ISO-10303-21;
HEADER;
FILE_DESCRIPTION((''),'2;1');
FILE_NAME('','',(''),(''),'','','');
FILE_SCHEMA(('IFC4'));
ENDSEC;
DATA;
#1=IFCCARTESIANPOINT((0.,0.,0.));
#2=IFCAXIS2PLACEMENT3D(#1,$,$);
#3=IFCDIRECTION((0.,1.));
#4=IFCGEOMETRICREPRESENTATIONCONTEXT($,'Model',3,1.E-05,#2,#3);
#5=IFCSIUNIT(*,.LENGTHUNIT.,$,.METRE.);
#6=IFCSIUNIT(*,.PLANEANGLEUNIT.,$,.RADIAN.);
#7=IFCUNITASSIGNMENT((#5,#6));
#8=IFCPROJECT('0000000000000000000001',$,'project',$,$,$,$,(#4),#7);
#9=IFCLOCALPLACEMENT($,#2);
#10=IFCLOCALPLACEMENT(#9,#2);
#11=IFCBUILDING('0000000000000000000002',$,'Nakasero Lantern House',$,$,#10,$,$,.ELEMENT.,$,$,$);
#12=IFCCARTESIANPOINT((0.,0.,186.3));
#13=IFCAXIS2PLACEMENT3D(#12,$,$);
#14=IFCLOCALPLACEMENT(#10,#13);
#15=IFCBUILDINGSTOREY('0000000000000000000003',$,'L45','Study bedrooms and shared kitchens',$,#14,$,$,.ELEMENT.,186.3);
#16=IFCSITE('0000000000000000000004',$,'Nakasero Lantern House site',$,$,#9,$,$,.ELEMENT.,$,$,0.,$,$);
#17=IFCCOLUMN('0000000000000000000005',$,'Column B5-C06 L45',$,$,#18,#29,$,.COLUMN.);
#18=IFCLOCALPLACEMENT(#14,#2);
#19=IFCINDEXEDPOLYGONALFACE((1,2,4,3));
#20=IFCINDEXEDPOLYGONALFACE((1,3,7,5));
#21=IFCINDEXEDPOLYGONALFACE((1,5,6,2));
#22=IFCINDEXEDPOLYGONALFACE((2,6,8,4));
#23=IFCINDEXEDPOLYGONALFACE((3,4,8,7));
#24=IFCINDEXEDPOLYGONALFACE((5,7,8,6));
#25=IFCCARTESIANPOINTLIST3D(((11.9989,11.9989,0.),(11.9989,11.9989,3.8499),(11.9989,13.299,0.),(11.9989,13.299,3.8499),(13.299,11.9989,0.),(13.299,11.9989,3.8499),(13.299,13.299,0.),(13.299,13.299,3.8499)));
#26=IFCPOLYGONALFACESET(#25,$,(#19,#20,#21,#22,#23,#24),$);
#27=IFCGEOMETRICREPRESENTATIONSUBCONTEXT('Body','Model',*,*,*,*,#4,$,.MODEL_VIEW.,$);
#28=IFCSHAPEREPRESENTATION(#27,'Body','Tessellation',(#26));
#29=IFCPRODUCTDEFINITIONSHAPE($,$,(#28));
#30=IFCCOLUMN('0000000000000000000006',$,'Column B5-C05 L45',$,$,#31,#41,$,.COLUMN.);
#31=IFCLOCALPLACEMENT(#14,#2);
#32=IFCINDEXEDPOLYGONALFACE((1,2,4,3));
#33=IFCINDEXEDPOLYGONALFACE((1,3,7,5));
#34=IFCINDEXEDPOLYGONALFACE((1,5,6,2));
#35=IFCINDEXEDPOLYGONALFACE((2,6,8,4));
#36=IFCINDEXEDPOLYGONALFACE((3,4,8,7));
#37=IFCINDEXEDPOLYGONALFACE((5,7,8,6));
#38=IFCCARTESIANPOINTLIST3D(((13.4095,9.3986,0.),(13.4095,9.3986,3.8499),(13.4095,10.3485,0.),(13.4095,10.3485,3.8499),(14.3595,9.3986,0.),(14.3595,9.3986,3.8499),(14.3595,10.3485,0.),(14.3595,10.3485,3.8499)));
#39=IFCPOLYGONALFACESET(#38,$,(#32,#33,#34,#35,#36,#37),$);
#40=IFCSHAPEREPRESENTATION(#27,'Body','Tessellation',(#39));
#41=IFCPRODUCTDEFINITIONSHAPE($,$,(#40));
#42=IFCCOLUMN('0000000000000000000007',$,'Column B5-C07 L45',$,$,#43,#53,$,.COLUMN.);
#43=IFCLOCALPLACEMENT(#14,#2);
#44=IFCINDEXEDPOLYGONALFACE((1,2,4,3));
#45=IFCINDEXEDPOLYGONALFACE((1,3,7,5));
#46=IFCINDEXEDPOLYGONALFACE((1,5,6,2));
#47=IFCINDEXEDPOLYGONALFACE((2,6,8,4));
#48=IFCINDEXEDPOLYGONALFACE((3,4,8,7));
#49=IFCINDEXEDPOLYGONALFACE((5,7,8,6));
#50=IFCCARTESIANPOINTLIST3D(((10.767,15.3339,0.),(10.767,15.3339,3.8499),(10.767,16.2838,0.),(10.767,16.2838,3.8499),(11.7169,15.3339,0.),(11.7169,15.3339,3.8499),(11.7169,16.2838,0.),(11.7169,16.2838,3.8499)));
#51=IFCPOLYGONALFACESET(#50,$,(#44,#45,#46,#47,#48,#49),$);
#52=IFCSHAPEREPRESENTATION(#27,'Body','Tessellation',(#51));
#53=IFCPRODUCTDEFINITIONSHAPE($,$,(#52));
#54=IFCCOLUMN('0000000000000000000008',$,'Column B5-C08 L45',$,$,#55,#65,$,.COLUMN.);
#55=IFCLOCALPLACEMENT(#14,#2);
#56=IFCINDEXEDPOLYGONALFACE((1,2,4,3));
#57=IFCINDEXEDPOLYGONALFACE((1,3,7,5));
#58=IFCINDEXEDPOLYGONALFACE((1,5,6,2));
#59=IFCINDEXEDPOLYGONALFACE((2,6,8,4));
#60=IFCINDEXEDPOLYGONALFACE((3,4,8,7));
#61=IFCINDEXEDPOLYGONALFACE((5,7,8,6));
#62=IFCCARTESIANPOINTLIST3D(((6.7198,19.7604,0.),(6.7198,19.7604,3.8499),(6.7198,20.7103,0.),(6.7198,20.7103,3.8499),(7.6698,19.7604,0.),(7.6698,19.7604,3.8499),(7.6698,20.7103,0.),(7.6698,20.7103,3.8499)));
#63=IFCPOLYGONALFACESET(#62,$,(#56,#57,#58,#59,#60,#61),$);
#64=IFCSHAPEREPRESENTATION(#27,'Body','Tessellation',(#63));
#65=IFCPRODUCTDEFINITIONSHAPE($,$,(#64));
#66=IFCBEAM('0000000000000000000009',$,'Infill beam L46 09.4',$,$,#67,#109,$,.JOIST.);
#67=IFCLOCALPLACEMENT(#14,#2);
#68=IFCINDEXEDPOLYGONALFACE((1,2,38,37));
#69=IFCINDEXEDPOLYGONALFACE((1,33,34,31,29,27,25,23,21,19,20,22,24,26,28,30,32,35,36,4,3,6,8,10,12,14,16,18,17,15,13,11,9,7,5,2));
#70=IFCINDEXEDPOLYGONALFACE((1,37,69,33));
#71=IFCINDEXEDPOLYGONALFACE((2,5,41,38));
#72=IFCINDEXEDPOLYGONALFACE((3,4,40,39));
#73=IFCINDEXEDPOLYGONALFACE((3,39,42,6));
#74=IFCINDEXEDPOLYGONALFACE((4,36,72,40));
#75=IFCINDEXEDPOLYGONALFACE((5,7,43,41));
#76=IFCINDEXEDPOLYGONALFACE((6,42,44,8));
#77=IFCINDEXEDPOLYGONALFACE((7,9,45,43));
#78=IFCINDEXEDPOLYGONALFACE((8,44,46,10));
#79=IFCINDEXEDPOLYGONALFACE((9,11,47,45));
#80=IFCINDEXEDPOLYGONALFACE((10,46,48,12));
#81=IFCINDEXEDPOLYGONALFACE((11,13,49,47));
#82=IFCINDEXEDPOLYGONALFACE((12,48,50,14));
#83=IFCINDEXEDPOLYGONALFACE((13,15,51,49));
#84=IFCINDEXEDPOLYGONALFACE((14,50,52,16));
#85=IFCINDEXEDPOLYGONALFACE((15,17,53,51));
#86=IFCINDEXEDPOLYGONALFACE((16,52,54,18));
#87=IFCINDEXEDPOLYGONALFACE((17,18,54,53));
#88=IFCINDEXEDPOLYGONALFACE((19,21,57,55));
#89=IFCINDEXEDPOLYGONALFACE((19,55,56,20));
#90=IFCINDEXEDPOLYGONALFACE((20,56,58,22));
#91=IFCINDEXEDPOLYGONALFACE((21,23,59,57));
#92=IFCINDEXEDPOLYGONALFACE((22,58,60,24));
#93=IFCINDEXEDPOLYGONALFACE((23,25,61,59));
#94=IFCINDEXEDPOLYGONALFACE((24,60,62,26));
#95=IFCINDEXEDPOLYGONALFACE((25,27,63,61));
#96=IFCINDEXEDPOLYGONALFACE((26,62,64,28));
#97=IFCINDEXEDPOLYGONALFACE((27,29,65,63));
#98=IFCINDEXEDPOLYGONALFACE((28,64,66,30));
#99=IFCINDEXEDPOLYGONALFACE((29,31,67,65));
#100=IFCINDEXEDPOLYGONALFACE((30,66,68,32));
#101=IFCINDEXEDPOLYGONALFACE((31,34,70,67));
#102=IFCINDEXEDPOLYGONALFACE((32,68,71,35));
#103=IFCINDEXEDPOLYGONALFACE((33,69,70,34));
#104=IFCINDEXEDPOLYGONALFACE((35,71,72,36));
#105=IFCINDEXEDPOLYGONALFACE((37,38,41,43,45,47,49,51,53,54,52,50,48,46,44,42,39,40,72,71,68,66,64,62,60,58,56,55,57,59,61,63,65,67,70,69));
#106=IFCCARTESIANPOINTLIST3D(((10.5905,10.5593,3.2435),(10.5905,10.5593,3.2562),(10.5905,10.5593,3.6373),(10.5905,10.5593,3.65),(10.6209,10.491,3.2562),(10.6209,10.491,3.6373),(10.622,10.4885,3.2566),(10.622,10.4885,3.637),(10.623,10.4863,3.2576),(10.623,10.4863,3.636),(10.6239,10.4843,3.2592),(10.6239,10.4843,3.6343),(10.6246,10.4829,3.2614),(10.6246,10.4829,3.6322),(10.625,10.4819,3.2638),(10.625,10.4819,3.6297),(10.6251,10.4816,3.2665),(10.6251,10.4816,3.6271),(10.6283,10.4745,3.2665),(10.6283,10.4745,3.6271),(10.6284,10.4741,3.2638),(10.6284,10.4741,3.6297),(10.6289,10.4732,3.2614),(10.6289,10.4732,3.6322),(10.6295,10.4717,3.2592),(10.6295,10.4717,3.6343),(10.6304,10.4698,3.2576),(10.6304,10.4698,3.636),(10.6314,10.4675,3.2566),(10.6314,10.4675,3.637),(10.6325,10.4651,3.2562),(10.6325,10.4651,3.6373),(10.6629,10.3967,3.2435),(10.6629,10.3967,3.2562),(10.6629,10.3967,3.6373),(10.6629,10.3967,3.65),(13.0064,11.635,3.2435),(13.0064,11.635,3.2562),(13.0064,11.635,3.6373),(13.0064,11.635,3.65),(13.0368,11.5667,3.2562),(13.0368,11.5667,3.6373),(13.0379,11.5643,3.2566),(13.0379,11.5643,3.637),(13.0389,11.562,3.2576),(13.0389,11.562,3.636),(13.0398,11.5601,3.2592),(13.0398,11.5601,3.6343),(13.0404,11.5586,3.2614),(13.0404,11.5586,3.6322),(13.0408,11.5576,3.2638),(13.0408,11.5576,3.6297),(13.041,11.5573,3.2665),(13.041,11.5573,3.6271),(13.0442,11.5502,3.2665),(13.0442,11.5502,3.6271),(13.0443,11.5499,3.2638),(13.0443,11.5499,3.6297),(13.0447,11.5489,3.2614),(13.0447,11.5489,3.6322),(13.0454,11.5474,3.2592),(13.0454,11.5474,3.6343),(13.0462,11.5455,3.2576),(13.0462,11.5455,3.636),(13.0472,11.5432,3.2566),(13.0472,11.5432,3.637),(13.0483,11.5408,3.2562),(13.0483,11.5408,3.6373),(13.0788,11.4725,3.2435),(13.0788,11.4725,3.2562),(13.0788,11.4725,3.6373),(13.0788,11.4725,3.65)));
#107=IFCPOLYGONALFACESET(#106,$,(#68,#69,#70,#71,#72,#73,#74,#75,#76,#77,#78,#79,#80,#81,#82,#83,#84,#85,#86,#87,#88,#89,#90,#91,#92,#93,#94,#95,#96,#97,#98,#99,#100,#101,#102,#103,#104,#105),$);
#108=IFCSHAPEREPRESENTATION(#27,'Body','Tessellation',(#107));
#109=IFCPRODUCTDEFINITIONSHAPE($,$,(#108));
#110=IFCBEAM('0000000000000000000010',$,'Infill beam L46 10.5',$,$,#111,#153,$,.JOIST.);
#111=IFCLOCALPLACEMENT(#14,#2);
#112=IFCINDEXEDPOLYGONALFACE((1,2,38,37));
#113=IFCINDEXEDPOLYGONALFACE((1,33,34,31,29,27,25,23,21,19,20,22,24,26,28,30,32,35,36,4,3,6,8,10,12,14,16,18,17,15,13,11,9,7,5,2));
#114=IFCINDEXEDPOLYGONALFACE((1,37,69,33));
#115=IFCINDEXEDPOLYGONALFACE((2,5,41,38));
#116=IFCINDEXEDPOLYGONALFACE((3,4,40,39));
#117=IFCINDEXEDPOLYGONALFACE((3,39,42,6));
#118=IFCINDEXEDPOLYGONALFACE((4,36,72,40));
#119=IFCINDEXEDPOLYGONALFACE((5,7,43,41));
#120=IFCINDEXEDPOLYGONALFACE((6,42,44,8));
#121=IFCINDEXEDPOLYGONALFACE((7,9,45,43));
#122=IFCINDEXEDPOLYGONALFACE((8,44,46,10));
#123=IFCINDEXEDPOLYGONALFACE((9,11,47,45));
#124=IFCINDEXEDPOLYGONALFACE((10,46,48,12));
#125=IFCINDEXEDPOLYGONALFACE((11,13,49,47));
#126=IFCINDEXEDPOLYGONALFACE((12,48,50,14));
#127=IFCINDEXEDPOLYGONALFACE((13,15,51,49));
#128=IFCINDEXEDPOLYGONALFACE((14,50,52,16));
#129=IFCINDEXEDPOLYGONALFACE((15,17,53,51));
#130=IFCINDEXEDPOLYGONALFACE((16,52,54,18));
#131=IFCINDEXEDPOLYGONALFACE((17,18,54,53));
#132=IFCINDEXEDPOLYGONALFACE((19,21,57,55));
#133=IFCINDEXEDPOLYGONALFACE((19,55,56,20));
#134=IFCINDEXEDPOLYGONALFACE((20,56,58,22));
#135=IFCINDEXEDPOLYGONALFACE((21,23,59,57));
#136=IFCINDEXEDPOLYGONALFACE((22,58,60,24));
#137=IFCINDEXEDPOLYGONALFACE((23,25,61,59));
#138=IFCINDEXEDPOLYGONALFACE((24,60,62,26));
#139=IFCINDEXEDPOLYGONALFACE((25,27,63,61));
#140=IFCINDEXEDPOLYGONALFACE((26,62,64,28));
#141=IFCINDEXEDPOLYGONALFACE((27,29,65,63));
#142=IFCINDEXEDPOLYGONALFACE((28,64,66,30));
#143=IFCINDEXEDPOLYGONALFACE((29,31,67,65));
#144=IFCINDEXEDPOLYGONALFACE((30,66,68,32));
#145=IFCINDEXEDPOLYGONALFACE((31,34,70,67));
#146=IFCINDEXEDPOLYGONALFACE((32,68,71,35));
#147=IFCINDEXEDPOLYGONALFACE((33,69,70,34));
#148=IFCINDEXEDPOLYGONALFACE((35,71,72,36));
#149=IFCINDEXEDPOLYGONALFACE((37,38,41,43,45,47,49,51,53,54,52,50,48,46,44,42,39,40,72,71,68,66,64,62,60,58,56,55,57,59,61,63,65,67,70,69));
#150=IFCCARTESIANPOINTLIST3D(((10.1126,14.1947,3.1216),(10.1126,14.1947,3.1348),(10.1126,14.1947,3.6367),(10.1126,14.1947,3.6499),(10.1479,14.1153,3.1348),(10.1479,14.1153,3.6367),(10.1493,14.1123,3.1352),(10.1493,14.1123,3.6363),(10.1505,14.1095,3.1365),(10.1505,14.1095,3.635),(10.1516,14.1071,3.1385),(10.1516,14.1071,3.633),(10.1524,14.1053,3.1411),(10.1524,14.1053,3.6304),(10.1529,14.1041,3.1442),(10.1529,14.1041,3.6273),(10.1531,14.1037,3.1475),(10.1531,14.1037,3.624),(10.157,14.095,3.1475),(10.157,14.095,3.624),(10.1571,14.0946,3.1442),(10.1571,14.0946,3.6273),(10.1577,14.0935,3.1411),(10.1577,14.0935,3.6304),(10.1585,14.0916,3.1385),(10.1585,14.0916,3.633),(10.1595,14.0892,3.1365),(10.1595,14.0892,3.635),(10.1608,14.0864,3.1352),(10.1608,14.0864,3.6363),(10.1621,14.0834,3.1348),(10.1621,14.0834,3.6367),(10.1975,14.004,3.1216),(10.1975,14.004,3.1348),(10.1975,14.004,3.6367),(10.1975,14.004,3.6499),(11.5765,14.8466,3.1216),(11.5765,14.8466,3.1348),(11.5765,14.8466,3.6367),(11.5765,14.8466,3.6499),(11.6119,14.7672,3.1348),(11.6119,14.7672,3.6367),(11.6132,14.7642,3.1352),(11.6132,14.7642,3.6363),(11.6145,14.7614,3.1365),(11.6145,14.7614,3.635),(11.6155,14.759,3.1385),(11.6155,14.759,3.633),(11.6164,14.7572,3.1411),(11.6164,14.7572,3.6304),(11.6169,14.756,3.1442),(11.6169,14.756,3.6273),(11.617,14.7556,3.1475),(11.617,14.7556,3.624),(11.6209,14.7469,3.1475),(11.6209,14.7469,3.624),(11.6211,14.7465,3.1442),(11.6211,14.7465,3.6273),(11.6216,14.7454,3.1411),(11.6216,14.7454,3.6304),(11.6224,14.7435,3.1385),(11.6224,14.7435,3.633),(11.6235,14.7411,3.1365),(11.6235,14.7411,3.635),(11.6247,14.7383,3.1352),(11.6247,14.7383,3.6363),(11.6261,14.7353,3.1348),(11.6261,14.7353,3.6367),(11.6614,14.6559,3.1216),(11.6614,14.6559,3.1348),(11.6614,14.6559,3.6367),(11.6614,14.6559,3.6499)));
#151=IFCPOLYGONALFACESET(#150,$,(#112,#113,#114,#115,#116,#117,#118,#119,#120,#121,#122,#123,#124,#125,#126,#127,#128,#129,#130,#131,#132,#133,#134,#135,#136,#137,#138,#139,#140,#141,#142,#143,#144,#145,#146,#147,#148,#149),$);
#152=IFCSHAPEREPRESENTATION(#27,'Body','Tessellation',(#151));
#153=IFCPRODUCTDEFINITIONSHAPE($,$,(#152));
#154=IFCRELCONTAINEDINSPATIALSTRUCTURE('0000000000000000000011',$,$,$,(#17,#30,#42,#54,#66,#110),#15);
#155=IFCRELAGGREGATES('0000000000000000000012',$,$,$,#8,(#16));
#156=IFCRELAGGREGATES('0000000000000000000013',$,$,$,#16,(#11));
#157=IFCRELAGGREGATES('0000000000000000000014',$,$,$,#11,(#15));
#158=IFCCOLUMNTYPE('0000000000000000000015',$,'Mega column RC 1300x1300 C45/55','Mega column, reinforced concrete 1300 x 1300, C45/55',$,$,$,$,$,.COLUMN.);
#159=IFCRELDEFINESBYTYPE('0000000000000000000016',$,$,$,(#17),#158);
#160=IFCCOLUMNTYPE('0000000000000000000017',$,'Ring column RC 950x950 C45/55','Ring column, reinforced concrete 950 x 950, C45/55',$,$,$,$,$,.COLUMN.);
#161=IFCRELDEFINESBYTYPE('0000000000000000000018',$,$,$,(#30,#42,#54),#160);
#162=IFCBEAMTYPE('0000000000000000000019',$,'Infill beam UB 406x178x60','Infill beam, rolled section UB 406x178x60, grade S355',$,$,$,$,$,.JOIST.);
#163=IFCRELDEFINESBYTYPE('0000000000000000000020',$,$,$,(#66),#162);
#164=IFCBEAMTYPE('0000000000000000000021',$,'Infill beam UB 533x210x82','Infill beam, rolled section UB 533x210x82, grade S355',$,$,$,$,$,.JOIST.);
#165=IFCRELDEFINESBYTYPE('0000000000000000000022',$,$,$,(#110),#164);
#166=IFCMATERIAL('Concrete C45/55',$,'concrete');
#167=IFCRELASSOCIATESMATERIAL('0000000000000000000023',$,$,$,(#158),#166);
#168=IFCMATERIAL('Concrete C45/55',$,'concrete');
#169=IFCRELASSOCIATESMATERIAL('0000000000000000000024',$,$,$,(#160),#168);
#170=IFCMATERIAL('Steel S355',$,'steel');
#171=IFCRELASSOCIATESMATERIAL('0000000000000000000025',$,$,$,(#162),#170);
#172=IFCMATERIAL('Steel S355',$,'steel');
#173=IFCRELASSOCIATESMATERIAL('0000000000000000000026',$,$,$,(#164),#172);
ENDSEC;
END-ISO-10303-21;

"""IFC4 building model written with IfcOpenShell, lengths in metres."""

from ifc_helpers import new_model, si_unit, direction, frame, origin, origin_2d, place, context, subcontext, project, spatial, rectangle, i_section, extrude, material, material_profile, profile_set, type_object, element, save


model = new_model("IFC4")

# Units and contexts
model_context = context("Model", 3, precision=1e-05, world=origin(), true_north=direction((0.0, 1.0)))
body_context = subcontext(model_context, "Body", "Model", "MODEL_VIEW")
ifc_project = project(units=[si_unit("LENGTHUNIT", "METRE"), si_unit("PLANEANGLEUNIT", "RADIAN")], contexts=[model_context])

# Site, building, storey
site_placement = place(None, origin())
site = spatial("IfcSite", under=ifc_project, at=site_placement, Name="Nakasero Lantern House site", CompositionType="ELEMENT", RefElevation=0.0)
building_placement = place(site_placement, origin())
building = spatial("IfcBuilding", under=site, at=building_placement, Name="Nakasero Lantern House", CompositionType="ELEMENT")
storey_placement = place(building_placement, frame((0.0, 0.0, 186.3)))
storey = spatial("IfcBuildingStorey", under=building, at=storey_placement, Name="L45", Description="Study bedrooms and shared kitchens", CompositionType="ELEMENT", Elevation=186.3)

# Columns
ifc_material_1 = material(Name="Concrete C45/55", Category="concrete")
ifc_material_profile_1 = material_profile(ifc_material_1, rectangle(XDim=1.3, YDim=1.3, at=origin_2d()), Name="RC 1300x1300")
ifc_profile_set_1 = profile_set([ifc_material_profile_1], Name="Concrete C45/55")
column_type_1 = type_object("IfcColumnType", Name="Mega column RC 1300x1300 C45/55", Description="Mega column, reinforced concrete 1300 x 1300, C45/55", PredefinedType="COLUMN", material=ifc_profile_set_1)
column_placement = place(storey_placement, frame((12.6489, 12.6489, 0.0), z_axis=(0.0, 0.0, 1.0), x_axis=(1.0, 0.0, 0.0)))
element("IfcColumn", 1, at=column_placement, inside=storey, type_object=column_type_1, Name="Column B5-C06 L45", PredefinedType="COLUMN", context=body_context, shape_type="SweptSolid", body=[
    extrude(rectangle(XDim=1.3, YDim=1.3, at=origin_2d()), origin(), (0.0, 0.0, 1.0), 3.8499),
])
ifc_material_2 = material(Name="Concrete C45/55", Category="concrete")
ifc_material_profile_2 = material_profile(ifc_material_2, rectangle(XDim=0.95, YDim=0.95, at=origin_2d()), Name="RC 950x950")
ifc_profile_set_2 = profile_set([ifc_material_profile_2], Name="Concrete C45/55")
column_type_2 = type_object("IfcColumnType", Name="Ring column RC 950x950 C45/55", Description="Ring column, reinforced concrete 950 x 950, C45/55", PredefinedType="COLUMN", material=ifc_profile_set_2)
for number, where, z_axis, x_axis, name in (
    (2, (13.8845, 9.8735, 0.0), (0.0, 0.0, 1.0), (1.0, 0.0, 0.0), "Column B5-C05 L45"),
    (3, (11.2419, 15.8088, 0.0), (0.0, 0.0, 1.0), (1.0, 0.0, 0.0), "Column B5-C07 L45"),
    (4, (7.1948, 20.2354, 0.0), (0.0, 0.0, 1.0), (1.0, 0.0, 0.0), "Column B5-C08 L45"),
):
    element("IfcColumn", number, at=place(storey_placement, frame(where, z_axis=z_axis, x_axis=x_axis)), inside=storey, type_object=column_type_2, Name=name, PredefinedType="COLUMN", context=body_context, shape_type="SweptSolid", body=[
        extrude(rectangle(XDim=0.95, YDim=0.95, at=origin_2d()), origin(), (0.0, 0.0, 1.0), 3.8499),
    ])

# Beams
ifc_material_3 = material(Name="Steel S355", Category="steel")
ifc_material_profile_3 = material_profile(ifc_material_3, i_section(OverallWidth=0.178, OverallDepth=0.4065, WebThickness=0.0078, FlangeThickness=0.0127, FilletRadius=0.0103, at=origin_2d()), Name="UB 406x178x60")
ifc_profile_set_3 = profile_set([ifc_material_profile_3], Name="Steel S355")
beam_type_1 = type_object("IfcBeamType", Name="Infill beam UB 406x178x60", Description="Infill beam, rolled section UB 406x178x60, grade S355", PredefinedType="JOIST", material=ifc_profile_set_3)
beam_1_placement = place(storey_placement, frame((10.6267, 10.478, 3.4468), z_axis=(0.91353, 0.406772, 0.0), x_axis=(-0.406772, 0.91353, 0.0)))
element("IfcBeam", 5, at=beam_1_placement, inside=storey, type_object=beam_type_1, Name="Infill beam L46 09.4", PredefinedType="JOIST", context=body_context, shape_type="SweptSolid", body=[
    extrude(i_section(OverallWidth=0.178, OverallDepth=0.4065, WebThickness=0.0078, FlangeThickness=0.0127, FilletRadius=0.0103, at=origin_2d()), origin(), (0.0, 0.0, 1.0), 2.6445),
])
ifc_material_4 = material(Name="Steel S355", Category="steel")
ifc_material_profile_4 = material_profile(ifc_material_4, i_section(OverallWidth=0.2087, OverallDepth=0.5283, WebThickness=0.0095, FlangeThickness=0.0132, FilletRadius=0.0127, at=origin_2d()), Name="UB 533x210x82")
ifc_profile_set_4 = profile_set([ifc_material_profile_4], Name="Steel S355")
beam_type_2 = type_object("IfcBeamType", Name="Infill beam UB 533x210x82", Description="Infill beam, rolled section UB 533x210x82, grade S355", PredefinedType="JOIST", material=ifc_profile_set_4)
beam_2_placement = place(storey_placement, frame((10.155, 14.0994, 3.3857), z_axis=(0.913522, 0.406789, 0.0), x_axis=(-0.406789, 0.913522, 0.0)))
element("IfcBeam", 6, at=beam_2_placement, inside=storey, type_object=beam_type_2, Name="Infill beam L46 10.5", PredefinedType="JOIST", context=body_context, shape_type="SweptSolid", body=[
    extrude(i_section(OverallWidth=0.2087, OverallDepth=0.5283, WebThickness=0.0095, FlangeThickness=0.0132, FilletRadius=0.0127, at=origin_2d()), origin(), (0.0, 0.0, 1.0), 1.6025),
])

save(model, "model.ifc")
